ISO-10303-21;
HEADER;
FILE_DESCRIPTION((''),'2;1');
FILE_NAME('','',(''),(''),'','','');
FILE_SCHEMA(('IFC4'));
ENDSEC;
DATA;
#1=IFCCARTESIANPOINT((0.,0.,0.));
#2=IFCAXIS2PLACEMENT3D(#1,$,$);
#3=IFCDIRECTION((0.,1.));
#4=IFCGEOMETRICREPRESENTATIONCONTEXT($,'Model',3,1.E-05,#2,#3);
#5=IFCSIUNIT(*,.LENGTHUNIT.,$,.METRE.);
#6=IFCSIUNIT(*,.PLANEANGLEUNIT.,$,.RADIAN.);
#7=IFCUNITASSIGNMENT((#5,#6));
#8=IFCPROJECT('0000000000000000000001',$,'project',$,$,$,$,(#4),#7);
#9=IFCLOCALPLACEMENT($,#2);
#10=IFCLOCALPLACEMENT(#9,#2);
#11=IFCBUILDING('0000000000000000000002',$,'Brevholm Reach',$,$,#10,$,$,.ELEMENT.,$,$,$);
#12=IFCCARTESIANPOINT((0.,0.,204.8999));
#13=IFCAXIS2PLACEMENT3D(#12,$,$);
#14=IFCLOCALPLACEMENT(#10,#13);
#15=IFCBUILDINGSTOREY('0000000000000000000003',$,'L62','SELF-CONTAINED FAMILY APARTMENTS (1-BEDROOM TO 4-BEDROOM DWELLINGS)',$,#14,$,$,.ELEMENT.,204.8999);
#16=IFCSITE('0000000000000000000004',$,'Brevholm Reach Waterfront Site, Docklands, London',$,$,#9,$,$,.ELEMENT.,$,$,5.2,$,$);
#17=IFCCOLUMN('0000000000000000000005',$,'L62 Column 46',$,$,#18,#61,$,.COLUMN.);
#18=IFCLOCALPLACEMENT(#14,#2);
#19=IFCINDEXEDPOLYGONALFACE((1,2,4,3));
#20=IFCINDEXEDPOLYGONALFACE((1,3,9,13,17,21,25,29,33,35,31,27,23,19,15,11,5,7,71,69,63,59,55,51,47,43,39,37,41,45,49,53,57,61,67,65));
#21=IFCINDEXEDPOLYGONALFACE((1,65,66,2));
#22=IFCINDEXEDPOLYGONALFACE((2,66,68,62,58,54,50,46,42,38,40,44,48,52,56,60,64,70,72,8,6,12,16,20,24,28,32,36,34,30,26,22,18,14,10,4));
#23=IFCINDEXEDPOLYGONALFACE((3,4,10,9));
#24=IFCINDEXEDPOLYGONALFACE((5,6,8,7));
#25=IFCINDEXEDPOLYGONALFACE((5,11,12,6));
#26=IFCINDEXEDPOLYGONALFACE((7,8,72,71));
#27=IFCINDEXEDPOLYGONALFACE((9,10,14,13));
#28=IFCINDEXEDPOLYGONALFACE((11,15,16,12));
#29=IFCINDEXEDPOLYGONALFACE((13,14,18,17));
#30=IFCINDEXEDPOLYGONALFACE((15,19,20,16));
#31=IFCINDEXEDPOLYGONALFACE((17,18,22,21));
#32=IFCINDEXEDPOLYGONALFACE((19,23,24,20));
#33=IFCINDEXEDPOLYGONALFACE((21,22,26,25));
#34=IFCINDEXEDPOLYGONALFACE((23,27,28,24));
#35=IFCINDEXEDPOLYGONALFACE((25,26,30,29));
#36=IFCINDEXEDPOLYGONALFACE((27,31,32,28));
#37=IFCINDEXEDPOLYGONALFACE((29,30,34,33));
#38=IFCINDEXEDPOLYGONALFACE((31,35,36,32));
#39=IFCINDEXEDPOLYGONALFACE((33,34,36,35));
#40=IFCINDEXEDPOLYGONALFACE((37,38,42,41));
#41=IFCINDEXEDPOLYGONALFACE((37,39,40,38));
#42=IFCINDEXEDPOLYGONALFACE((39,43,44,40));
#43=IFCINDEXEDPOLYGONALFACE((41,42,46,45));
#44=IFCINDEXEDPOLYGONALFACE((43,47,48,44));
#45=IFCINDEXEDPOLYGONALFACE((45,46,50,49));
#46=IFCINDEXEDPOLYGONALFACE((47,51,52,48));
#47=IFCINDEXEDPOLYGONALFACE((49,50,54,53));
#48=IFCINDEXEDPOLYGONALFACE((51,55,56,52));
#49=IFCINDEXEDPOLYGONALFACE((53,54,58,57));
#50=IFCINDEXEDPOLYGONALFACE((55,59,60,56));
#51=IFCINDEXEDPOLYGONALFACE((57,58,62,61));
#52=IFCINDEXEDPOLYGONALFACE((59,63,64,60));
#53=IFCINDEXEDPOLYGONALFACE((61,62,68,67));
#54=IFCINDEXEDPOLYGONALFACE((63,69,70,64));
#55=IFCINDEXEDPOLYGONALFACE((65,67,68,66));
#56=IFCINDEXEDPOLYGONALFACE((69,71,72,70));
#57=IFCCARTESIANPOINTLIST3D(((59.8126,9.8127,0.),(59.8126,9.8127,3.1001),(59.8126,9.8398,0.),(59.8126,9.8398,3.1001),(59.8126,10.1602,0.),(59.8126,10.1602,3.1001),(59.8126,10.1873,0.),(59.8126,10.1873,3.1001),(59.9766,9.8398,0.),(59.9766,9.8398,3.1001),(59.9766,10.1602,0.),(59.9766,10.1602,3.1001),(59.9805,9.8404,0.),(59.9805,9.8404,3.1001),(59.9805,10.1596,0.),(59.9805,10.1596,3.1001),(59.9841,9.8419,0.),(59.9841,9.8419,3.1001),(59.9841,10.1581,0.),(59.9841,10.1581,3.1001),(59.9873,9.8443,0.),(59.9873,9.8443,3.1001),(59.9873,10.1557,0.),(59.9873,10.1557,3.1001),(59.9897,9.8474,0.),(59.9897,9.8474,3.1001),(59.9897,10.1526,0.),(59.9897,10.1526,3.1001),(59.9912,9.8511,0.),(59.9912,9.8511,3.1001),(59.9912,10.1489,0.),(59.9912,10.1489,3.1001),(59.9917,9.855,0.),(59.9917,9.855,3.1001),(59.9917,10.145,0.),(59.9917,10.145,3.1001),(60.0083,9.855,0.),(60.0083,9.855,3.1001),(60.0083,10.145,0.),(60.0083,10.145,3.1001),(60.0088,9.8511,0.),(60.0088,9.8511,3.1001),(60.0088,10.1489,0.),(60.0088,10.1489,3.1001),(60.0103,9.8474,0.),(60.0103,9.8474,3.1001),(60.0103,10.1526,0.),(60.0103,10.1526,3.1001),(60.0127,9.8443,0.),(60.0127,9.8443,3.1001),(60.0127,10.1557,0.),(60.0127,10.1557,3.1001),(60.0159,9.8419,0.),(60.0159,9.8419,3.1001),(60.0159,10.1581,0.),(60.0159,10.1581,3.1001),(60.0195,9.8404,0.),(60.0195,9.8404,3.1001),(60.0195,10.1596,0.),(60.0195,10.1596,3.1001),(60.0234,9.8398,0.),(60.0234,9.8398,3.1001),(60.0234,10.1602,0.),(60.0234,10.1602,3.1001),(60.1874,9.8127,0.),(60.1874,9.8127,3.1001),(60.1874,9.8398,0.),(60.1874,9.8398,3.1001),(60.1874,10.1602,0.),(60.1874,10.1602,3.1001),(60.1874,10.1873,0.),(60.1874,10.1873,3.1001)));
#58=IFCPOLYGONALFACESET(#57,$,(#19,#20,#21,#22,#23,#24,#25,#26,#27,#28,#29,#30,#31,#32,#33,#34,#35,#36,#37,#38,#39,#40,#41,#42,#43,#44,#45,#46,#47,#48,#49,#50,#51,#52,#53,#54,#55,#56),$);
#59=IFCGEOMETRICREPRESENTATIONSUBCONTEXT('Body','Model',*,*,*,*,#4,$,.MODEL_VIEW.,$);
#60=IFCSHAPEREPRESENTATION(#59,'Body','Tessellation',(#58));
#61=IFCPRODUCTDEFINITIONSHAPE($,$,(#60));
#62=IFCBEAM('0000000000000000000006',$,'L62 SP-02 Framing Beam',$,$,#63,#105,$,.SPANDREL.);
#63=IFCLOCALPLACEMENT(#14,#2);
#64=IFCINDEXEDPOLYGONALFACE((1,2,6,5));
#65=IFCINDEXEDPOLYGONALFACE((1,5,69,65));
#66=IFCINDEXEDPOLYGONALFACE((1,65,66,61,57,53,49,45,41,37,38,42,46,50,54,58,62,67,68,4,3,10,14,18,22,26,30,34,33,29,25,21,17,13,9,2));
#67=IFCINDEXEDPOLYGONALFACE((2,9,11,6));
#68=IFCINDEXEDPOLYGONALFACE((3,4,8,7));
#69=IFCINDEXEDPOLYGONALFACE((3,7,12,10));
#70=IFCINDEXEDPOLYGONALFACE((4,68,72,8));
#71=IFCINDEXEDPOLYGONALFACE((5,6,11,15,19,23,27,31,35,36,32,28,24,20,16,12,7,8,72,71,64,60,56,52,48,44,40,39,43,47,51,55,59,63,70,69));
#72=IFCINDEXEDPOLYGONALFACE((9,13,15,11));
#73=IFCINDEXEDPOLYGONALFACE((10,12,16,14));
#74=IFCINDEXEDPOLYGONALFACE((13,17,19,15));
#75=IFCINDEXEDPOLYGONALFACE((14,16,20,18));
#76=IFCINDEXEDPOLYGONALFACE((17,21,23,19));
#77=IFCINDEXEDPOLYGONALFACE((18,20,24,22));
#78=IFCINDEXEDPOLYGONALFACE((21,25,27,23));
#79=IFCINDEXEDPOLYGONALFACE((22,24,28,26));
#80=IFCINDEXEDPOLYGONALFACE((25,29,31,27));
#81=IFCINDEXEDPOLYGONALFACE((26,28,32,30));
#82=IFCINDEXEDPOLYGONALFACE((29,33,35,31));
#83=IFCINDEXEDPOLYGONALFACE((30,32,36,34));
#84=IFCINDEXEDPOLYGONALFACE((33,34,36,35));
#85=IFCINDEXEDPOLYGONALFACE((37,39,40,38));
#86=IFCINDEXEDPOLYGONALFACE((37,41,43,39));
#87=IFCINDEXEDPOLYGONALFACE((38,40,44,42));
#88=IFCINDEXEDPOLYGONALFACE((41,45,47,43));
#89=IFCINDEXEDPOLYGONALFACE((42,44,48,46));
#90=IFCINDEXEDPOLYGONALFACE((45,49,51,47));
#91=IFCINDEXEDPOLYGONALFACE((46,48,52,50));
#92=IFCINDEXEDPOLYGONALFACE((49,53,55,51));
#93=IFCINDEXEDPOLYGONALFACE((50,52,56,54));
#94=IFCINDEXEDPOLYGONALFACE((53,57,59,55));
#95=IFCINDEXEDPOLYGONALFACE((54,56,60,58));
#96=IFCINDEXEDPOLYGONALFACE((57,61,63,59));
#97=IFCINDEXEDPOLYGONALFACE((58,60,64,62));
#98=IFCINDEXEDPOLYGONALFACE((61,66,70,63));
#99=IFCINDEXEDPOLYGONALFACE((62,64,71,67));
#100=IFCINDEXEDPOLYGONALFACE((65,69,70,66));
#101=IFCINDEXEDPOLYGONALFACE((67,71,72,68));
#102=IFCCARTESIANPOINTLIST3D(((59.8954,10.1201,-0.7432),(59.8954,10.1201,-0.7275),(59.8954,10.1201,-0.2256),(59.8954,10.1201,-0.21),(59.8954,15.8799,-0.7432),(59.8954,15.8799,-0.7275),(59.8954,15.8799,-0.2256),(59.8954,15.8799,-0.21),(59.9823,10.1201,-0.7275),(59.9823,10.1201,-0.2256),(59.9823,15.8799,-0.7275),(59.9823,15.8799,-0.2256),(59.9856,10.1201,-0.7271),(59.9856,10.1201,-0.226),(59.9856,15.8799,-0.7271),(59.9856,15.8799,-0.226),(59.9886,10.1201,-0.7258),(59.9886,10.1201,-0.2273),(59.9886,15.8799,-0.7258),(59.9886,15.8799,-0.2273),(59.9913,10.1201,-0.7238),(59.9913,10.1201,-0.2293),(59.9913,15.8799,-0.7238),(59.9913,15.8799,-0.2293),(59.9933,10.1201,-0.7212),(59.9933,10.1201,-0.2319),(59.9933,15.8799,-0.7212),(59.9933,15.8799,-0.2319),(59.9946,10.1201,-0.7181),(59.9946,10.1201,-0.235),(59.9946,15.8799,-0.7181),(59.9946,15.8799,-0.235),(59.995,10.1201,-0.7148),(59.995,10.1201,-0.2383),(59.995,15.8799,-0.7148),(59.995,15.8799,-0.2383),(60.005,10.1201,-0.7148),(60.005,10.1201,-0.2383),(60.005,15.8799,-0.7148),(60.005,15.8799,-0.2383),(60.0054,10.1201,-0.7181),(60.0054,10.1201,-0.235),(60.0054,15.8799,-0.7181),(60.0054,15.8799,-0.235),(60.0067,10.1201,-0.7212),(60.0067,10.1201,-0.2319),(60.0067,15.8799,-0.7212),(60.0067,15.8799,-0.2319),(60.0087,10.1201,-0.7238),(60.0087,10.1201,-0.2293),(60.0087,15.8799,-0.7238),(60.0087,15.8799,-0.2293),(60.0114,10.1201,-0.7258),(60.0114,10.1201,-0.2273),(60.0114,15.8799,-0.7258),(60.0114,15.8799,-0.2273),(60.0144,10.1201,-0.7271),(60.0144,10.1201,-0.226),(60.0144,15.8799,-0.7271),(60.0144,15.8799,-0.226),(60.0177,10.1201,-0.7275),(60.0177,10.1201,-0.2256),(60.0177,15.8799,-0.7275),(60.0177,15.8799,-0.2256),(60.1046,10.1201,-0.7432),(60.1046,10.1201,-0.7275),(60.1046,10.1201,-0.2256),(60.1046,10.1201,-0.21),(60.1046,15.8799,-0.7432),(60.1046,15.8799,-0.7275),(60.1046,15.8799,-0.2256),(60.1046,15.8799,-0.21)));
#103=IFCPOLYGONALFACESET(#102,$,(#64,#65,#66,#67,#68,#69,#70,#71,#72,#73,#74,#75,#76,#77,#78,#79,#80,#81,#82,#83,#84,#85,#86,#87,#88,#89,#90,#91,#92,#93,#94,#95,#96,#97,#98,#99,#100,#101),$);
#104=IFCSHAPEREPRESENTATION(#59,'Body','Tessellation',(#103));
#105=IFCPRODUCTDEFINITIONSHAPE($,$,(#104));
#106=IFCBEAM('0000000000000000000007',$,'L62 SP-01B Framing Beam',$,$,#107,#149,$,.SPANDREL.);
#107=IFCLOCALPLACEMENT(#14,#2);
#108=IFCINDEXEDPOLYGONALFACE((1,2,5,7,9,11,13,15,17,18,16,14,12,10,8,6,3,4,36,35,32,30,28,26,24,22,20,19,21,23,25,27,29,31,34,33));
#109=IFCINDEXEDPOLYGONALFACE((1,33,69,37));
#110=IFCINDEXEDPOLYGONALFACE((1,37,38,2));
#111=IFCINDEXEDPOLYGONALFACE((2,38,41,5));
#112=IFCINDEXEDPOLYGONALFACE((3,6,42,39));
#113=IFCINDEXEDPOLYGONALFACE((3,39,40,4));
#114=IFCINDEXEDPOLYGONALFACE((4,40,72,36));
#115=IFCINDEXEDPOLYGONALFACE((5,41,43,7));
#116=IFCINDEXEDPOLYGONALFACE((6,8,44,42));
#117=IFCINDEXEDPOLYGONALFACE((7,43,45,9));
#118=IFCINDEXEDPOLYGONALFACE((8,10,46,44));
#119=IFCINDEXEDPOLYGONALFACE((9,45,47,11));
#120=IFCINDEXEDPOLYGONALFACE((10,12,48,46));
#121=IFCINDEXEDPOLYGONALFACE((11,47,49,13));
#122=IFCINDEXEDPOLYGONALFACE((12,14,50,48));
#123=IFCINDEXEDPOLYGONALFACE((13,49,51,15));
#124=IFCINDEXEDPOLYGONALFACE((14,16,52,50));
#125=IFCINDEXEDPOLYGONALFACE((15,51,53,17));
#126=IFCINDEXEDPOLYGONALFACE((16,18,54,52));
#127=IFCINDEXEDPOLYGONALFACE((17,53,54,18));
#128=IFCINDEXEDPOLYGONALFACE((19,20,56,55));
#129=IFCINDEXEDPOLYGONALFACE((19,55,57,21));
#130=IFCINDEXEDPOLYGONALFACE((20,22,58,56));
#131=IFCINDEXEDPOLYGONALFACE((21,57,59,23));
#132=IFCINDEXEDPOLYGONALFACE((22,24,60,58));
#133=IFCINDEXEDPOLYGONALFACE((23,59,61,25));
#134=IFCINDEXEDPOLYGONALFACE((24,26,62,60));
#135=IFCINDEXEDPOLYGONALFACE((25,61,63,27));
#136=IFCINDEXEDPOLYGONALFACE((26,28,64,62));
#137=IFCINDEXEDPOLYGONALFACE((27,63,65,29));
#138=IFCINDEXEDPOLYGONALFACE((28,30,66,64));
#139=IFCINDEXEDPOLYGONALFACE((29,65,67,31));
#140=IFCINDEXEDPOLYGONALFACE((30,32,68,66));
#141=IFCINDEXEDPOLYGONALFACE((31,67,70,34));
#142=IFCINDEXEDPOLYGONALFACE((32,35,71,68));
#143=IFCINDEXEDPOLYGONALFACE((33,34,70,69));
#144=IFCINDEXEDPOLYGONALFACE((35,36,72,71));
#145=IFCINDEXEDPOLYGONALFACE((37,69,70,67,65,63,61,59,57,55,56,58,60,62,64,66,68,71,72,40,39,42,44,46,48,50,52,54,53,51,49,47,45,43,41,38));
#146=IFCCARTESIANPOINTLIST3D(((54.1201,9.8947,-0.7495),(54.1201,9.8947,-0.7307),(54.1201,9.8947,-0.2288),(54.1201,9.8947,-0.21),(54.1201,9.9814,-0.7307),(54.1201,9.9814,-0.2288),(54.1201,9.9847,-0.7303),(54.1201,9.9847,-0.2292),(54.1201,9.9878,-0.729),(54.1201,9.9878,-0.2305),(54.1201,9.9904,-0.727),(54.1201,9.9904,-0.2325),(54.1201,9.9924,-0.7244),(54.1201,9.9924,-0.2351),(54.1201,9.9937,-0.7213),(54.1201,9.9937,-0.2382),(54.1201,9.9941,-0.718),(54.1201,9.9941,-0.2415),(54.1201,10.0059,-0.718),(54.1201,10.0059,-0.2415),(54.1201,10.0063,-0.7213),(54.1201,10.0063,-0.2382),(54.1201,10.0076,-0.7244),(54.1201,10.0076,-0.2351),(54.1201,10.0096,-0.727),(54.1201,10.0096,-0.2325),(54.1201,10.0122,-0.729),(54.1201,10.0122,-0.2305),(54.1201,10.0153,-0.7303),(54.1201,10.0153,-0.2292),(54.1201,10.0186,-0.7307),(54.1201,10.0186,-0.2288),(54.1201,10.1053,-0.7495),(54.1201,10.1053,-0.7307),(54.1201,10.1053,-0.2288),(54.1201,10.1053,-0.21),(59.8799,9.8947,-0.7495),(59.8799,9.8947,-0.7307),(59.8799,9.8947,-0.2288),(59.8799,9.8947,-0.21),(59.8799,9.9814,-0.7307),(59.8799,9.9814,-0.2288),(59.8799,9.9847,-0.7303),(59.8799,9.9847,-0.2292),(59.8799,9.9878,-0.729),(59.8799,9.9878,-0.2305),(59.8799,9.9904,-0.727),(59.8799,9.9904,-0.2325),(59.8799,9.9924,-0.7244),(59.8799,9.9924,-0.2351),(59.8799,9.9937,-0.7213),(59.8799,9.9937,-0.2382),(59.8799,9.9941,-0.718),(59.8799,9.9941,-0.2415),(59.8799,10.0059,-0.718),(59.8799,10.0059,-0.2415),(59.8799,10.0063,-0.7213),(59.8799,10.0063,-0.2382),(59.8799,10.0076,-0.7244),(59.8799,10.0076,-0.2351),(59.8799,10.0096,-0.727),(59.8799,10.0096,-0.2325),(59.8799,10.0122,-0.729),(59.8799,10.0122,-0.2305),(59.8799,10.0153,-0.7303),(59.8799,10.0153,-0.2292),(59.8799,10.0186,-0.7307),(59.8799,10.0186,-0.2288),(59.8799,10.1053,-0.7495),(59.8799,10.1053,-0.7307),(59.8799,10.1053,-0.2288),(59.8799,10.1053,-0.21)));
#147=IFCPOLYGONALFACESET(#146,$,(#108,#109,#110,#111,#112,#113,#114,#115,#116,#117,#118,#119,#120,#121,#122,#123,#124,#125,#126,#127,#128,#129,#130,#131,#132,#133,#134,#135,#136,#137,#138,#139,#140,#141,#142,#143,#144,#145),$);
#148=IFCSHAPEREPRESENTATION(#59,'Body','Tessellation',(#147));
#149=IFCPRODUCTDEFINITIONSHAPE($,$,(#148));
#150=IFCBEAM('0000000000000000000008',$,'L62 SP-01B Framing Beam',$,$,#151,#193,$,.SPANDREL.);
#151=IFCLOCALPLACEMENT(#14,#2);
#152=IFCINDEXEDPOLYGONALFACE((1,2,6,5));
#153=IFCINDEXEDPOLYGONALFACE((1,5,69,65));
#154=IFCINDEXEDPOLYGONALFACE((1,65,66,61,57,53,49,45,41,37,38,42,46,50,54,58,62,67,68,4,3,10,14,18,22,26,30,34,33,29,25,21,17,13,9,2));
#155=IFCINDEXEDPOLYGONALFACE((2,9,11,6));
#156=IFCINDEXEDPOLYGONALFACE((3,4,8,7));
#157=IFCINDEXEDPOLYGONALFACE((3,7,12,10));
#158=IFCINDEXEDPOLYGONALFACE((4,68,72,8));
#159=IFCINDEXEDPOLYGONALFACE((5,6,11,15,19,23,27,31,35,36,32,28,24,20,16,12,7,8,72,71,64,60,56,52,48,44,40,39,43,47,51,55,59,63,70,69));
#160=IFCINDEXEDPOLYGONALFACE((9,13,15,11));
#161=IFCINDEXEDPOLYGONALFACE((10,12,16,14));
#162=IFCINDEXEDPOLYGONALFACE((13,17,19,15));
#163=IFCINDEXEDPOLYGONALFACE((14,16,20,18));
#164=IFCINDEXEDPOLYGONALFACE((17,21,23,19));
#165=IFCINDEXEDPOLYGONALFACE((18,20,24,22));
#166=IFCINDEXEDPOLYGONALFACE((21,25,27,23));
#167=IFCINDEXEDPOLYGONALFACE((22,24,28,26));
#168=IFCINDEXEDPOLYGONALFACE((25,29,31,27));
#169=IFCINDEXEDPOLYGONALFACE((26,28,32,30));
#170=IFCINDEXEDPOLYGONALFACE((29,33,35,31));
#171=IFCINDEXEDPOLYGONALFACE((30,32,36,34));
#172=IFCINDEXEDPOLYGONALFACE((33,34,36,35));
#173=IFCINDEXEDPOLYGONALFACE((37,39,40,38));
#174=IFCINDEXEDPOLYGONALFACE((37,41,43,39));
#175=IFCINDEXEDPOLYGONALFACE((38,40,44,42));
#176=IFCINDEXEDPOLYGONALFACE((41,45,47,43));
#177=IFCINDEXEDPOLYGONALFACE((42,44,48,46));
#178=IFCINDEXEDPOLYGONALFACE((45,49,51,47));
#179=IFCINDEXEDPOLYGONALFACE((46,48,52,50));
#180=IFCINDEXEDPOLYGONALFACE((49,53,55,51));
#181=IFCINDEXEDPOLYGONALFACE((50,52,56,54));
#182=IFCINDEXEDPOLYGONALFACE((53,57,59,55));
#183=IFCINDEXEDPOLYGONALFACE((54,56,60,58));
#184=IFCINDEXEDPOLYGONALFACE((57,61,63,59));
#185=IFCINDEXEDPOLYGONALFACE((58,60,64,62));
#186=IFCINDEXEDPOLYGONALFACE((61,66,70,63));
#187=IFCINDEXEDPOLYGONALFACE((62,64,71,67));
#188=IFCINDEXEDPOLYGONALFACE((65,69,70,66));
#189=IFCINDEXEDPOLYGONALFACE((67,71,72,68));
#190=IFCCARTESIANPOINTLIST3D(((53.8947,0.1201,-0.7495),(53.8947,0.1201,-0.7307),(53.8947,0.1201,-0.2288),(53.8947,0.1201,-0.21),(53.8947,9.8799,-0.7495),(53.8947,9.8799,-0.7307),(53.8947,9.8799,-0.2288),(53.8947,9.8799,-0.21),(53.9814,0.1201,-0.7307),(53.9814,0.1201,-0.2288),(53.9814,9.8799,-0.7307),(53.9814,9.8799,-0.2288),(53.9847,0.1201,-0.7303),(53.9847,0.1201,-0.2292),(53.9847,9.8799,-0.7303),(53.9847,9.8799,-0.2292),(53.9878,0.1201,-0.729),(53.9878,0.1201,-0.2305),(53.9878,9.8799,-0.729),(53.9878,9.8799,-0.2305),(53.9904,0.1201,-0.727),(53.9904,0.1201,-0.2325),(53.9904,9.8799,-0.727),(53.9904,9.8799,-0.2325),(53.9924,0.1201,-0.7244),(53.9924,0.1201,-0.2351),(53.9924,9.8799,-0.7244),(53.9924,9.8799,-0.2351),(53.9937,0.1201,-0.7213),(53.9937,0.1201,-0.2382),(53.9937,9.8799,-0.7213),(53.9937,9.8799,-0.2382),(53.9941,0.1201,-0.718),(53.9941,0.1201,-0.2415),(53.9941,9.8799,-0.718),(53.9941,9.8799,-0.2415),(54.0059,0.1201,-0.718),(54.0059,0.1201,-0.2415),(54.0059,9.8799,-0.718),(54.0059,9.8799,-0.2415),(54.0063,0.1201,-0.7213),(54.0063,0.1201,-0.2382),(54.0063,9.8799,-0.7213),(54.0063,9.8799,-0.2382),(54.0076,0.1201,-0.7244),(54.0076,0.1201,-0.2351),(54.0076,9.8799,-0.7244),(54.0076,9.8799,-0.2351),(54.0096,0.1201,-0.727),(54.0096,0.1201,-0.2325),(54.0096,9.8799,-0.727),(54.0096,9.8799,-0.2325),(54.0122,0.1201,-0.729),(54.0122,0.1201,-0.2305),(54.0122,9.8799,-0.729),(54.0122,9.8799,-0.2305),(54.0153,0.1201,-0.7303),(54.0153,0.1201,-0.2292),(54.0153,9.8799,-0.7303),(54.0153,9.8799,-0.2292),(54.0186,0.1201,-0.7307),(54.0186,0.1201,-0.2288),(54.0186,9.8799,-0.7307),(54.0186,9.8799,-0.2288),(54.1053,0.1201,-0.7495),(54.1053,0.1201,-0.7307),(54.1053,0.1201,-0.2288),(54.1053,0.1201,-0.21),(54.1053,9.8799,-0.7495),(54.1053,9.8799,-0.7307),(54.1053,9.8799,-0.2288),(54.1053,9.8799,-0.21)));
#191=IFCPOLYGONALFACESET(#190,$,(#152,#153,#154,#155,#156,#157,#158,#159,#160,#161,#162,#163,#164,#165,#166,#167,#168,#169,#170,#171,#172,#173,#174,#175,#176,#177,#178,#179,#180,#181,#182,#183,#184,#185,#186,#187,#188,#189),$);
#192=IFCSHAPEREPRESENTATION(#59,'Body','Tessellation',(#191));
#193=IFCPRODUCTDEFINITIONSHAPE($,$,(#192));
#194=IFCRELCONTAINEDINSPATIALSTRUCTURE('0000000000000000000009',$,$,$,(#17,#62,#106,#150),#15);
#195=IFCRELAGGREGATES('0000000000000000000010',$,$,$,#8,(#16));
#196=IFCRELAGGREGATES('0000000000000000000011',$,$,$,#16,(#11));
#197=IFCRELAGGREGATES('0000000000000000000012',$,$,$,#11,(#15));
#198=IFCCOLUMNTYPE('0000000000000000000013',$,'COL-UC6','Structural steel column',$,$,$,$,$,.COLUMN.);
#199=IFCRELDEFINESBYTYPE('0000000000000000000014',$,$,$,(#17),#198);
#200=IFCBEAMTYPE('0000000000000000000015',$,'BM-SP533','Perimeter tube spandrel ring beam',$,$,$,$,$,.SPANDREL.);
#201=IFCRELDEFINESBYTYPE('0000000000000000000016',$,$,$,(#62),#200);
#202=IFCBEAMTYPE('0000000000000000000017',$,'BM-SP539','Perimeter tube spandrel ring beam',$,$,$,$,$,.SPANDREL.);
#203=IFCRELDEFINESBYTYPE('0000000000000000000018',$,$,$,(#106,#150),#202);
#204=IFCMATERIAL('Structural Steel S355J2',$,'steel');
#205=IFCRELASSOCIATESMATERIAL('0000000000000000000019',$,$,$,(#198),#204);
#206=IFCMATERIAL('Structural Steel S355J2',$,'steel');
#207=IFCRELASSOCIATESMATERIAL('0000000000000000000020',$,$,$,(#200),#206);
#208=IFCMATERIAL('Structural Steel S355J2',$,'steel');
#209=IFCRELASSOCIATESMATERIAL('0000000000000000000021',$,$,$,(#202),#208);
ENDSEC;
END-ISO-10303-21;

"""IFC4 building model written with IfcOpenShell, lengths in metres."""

from ifc_helpers import new_model, si_unit, direction, frame, origin, origin_2d, place, context, subcontext, project, spatial, i_section, extrude, material, material_profile, profile_set, type_object, element, save


model = new_model("IFC4")

# Units and contexts
model_context = context("Model", 3, precision=1e-05, world=origin(), true_north=direction((0.0, 1.0)))
body_context = subcontext(model_context, "Body", "Model", "MODEL_VIEW")
ifc_project = project(units=[si_unit("LENGTHUNIT", "METRE"), si_unit("PLANEANGLEUNIT", "RADIAN")], contexts=[model_context])

# Site, building, storey
site_placement = place(None, origin())
site = spatial("IfcSite", under=ifc_project, at=site_placement, Name="Brevholm Reach Waterfront Site, Docklands, London", CompositionType="ELEMENT", RefElevation=5.2)
building_placement = place(site_placement, origin())
building = spatial("IfcBuilding", under=site, at=building_placement, Name="Brevholm Reach", CompositionType="ELEMENT")
storey_placement = place(building_placement, frame((0.0, 0.0, 204.8999)))
storey = spatial("IfcBuildingStorey", under=building, at=storey_placement, Name="L62", Description="SELF-CONTAINED FAMILY APARTMENTS (1-BEDROOM TO 4-BEDROOM DWELLINGS)", CompositionType="ELEMENT", Elevation=204.8999)

# Column
ifc_material_1 = material(Name="Structural Steel S355J2", Category="steel")
ifc_material_profile_1 = material_profile(ifc_material_1, i_section(OverallWidth=0.3748, OverallDepth=0.3745, WebThickness=0.0166, FlangeThickness=0.0271, FilletRadius=0.0151, at=origin_2d()), Name="UKC 356x368x202")
ifc_profile_set_1 = profile_set([ifc_material_profile_1], Name="Structural Steel S355J2")
column_type_1 = type_object("IfcColumnType", Name="COL-UC6", Description="Structural steel column", PredefinedType="COLUMN", material=ifc_profile_set_1)
for number, where, z_axis, x_axis, name in (
    (1, (60.0, 10.0, 0.0), (0.0, 0.0, 1.0), (1.0, 0.0, 0.0), "L62 Column 46"),
):
    element("IfcColumn", number, at=place(storey_placement, frame(where, z_axis=z_axis, x_axis=x_axis)), inside=storey, type_object=column_type_1, Name=name, PredefinedType="COLUMN", context=body_context, shape_type="SweptSolid", body=[
        extrude(i_section(OverallWidth=0.3748, OverallDepth=0.3745, WebThickness=0.0166, FlangeThickness=0.0271, FilletRadius=0.0151, at=origin_2d()), origin(), (0.0, 0.0, 1.0), 3.1001),
    ])

# Beams
ifc_material_2 = material(Name="Structural Steel S355J2", Category="steel")
ifc_material_profile_2 = material_profile(ifc_material_2, i_section(OverallWidth=0.2092, OverallDepth=0.5332, WebThickness=0.01, FlangeThickness=0.0156, FilletRadius=0.0127, at=origin_2d()), Name="UKB 533x210x92")
ifc_profile_set_2 = profile_set([ifc_material_profile_2], Name="Structural Steel S355J2")
beam_type_1 = type_object("IfcBeamType", Name="BM-SP533", Description="Perimeter tube spandrel ring beam", PredefinedType="SPANDREL", material=ifc_profile_set_2)
beam_1_placement = place(storey_placement, frame((60.0, 10.1201, -0.4766), z_axis=(0.0, 1.0, 0.0), x_axis=(-1.0, 0.0, 0.0)))
element("IfcBeam", 2, at=beam_1_placement, inside=storey, type_object=beam_type_1, Name="L62 SP-02 Framing Beam", PredefinedType="SPANDREL", context=body_context, shape_type="SweptSolid", body=[
    extrude(i_section(OverallWidth=0.2092, OverallDepth=0.5332, WebThickness=0.01, FlangeThickness=0.0156, FilletRadius=0.0127, at=origin_2d()), origin(), (0.0, 0.0, 1.0), 5.7598),
])
ifc_material_3 = material(Name="Structural Steel S355J2", Category="steel")
ifc_material_profile_3 = material_profile(ifc_material_3, i_section(OverallWidth=0.2107, OverallDepth=0.5396, WebThickness=0.0117, FlangeThickness=0.0188, FilletRadius=0.0127, at=origin_2d()), Name="UKB 533x210x109")
ifc_profile_set_3 = profile_set([ifc_material_profile_3], Name="Structural Steel S355J2")
beam_type_2 = type_object("IfcBeamType", Name="BM-SP539", Description="Perimeter tube spandrel ring beam", PredefinedType="SPANDREL", material=ifc_profile_set_3)
beam_2_placement = place(storey_placement, frame((54.1201, 10.0, -0.4797), z_axis=(1.0, 0.0, 0.0), x_axis=(0.0, 1.0, 0.0)))
element("IfcBeam", 3, at=beam_2_placement, inside=storey, type_object=beam_type_2, Name="L62 SP-01B Framing Beam", PredefinedType="SPANDREL", context=body_context, shape_type="SweptSolid", body=[
    extrude(i_section(OverallWidth=0.2107, OverallDepth=0.5396, WebThickness=0.0117, FlangeThickness=0.0188, FilletRadius=0.0127, at=origin_2d()), origin(), (0.0, 0.0, 1.0), 5.7598),
])
beam_3_placement = place(storey_placement, frame((54.0, 0.1201, -0.4797), z_axis=(0.0, 1.0, 0.0), x_axis=(-1.0, 0.0, 0.0)))
element("IfcBeam", 4, at=beam_3_placement, inside=storey, type_object=beam_type_2, Name="L62 SP-01B Framing Beam", PredefinedType="SPANDREL", context=body_context, shape_type="SweptSolid", body=[
    extrude(i_section(OverallWidth=0.2107, OverallDepth=0.5396, WebThickness=0.0117, FlangeThickness=0.0188, FilletRadius=0.0127, at=origin_2d()), origin(), (0.0, 0.0, 1.0), 9.7598),
])

save(model, "model.ifc")
